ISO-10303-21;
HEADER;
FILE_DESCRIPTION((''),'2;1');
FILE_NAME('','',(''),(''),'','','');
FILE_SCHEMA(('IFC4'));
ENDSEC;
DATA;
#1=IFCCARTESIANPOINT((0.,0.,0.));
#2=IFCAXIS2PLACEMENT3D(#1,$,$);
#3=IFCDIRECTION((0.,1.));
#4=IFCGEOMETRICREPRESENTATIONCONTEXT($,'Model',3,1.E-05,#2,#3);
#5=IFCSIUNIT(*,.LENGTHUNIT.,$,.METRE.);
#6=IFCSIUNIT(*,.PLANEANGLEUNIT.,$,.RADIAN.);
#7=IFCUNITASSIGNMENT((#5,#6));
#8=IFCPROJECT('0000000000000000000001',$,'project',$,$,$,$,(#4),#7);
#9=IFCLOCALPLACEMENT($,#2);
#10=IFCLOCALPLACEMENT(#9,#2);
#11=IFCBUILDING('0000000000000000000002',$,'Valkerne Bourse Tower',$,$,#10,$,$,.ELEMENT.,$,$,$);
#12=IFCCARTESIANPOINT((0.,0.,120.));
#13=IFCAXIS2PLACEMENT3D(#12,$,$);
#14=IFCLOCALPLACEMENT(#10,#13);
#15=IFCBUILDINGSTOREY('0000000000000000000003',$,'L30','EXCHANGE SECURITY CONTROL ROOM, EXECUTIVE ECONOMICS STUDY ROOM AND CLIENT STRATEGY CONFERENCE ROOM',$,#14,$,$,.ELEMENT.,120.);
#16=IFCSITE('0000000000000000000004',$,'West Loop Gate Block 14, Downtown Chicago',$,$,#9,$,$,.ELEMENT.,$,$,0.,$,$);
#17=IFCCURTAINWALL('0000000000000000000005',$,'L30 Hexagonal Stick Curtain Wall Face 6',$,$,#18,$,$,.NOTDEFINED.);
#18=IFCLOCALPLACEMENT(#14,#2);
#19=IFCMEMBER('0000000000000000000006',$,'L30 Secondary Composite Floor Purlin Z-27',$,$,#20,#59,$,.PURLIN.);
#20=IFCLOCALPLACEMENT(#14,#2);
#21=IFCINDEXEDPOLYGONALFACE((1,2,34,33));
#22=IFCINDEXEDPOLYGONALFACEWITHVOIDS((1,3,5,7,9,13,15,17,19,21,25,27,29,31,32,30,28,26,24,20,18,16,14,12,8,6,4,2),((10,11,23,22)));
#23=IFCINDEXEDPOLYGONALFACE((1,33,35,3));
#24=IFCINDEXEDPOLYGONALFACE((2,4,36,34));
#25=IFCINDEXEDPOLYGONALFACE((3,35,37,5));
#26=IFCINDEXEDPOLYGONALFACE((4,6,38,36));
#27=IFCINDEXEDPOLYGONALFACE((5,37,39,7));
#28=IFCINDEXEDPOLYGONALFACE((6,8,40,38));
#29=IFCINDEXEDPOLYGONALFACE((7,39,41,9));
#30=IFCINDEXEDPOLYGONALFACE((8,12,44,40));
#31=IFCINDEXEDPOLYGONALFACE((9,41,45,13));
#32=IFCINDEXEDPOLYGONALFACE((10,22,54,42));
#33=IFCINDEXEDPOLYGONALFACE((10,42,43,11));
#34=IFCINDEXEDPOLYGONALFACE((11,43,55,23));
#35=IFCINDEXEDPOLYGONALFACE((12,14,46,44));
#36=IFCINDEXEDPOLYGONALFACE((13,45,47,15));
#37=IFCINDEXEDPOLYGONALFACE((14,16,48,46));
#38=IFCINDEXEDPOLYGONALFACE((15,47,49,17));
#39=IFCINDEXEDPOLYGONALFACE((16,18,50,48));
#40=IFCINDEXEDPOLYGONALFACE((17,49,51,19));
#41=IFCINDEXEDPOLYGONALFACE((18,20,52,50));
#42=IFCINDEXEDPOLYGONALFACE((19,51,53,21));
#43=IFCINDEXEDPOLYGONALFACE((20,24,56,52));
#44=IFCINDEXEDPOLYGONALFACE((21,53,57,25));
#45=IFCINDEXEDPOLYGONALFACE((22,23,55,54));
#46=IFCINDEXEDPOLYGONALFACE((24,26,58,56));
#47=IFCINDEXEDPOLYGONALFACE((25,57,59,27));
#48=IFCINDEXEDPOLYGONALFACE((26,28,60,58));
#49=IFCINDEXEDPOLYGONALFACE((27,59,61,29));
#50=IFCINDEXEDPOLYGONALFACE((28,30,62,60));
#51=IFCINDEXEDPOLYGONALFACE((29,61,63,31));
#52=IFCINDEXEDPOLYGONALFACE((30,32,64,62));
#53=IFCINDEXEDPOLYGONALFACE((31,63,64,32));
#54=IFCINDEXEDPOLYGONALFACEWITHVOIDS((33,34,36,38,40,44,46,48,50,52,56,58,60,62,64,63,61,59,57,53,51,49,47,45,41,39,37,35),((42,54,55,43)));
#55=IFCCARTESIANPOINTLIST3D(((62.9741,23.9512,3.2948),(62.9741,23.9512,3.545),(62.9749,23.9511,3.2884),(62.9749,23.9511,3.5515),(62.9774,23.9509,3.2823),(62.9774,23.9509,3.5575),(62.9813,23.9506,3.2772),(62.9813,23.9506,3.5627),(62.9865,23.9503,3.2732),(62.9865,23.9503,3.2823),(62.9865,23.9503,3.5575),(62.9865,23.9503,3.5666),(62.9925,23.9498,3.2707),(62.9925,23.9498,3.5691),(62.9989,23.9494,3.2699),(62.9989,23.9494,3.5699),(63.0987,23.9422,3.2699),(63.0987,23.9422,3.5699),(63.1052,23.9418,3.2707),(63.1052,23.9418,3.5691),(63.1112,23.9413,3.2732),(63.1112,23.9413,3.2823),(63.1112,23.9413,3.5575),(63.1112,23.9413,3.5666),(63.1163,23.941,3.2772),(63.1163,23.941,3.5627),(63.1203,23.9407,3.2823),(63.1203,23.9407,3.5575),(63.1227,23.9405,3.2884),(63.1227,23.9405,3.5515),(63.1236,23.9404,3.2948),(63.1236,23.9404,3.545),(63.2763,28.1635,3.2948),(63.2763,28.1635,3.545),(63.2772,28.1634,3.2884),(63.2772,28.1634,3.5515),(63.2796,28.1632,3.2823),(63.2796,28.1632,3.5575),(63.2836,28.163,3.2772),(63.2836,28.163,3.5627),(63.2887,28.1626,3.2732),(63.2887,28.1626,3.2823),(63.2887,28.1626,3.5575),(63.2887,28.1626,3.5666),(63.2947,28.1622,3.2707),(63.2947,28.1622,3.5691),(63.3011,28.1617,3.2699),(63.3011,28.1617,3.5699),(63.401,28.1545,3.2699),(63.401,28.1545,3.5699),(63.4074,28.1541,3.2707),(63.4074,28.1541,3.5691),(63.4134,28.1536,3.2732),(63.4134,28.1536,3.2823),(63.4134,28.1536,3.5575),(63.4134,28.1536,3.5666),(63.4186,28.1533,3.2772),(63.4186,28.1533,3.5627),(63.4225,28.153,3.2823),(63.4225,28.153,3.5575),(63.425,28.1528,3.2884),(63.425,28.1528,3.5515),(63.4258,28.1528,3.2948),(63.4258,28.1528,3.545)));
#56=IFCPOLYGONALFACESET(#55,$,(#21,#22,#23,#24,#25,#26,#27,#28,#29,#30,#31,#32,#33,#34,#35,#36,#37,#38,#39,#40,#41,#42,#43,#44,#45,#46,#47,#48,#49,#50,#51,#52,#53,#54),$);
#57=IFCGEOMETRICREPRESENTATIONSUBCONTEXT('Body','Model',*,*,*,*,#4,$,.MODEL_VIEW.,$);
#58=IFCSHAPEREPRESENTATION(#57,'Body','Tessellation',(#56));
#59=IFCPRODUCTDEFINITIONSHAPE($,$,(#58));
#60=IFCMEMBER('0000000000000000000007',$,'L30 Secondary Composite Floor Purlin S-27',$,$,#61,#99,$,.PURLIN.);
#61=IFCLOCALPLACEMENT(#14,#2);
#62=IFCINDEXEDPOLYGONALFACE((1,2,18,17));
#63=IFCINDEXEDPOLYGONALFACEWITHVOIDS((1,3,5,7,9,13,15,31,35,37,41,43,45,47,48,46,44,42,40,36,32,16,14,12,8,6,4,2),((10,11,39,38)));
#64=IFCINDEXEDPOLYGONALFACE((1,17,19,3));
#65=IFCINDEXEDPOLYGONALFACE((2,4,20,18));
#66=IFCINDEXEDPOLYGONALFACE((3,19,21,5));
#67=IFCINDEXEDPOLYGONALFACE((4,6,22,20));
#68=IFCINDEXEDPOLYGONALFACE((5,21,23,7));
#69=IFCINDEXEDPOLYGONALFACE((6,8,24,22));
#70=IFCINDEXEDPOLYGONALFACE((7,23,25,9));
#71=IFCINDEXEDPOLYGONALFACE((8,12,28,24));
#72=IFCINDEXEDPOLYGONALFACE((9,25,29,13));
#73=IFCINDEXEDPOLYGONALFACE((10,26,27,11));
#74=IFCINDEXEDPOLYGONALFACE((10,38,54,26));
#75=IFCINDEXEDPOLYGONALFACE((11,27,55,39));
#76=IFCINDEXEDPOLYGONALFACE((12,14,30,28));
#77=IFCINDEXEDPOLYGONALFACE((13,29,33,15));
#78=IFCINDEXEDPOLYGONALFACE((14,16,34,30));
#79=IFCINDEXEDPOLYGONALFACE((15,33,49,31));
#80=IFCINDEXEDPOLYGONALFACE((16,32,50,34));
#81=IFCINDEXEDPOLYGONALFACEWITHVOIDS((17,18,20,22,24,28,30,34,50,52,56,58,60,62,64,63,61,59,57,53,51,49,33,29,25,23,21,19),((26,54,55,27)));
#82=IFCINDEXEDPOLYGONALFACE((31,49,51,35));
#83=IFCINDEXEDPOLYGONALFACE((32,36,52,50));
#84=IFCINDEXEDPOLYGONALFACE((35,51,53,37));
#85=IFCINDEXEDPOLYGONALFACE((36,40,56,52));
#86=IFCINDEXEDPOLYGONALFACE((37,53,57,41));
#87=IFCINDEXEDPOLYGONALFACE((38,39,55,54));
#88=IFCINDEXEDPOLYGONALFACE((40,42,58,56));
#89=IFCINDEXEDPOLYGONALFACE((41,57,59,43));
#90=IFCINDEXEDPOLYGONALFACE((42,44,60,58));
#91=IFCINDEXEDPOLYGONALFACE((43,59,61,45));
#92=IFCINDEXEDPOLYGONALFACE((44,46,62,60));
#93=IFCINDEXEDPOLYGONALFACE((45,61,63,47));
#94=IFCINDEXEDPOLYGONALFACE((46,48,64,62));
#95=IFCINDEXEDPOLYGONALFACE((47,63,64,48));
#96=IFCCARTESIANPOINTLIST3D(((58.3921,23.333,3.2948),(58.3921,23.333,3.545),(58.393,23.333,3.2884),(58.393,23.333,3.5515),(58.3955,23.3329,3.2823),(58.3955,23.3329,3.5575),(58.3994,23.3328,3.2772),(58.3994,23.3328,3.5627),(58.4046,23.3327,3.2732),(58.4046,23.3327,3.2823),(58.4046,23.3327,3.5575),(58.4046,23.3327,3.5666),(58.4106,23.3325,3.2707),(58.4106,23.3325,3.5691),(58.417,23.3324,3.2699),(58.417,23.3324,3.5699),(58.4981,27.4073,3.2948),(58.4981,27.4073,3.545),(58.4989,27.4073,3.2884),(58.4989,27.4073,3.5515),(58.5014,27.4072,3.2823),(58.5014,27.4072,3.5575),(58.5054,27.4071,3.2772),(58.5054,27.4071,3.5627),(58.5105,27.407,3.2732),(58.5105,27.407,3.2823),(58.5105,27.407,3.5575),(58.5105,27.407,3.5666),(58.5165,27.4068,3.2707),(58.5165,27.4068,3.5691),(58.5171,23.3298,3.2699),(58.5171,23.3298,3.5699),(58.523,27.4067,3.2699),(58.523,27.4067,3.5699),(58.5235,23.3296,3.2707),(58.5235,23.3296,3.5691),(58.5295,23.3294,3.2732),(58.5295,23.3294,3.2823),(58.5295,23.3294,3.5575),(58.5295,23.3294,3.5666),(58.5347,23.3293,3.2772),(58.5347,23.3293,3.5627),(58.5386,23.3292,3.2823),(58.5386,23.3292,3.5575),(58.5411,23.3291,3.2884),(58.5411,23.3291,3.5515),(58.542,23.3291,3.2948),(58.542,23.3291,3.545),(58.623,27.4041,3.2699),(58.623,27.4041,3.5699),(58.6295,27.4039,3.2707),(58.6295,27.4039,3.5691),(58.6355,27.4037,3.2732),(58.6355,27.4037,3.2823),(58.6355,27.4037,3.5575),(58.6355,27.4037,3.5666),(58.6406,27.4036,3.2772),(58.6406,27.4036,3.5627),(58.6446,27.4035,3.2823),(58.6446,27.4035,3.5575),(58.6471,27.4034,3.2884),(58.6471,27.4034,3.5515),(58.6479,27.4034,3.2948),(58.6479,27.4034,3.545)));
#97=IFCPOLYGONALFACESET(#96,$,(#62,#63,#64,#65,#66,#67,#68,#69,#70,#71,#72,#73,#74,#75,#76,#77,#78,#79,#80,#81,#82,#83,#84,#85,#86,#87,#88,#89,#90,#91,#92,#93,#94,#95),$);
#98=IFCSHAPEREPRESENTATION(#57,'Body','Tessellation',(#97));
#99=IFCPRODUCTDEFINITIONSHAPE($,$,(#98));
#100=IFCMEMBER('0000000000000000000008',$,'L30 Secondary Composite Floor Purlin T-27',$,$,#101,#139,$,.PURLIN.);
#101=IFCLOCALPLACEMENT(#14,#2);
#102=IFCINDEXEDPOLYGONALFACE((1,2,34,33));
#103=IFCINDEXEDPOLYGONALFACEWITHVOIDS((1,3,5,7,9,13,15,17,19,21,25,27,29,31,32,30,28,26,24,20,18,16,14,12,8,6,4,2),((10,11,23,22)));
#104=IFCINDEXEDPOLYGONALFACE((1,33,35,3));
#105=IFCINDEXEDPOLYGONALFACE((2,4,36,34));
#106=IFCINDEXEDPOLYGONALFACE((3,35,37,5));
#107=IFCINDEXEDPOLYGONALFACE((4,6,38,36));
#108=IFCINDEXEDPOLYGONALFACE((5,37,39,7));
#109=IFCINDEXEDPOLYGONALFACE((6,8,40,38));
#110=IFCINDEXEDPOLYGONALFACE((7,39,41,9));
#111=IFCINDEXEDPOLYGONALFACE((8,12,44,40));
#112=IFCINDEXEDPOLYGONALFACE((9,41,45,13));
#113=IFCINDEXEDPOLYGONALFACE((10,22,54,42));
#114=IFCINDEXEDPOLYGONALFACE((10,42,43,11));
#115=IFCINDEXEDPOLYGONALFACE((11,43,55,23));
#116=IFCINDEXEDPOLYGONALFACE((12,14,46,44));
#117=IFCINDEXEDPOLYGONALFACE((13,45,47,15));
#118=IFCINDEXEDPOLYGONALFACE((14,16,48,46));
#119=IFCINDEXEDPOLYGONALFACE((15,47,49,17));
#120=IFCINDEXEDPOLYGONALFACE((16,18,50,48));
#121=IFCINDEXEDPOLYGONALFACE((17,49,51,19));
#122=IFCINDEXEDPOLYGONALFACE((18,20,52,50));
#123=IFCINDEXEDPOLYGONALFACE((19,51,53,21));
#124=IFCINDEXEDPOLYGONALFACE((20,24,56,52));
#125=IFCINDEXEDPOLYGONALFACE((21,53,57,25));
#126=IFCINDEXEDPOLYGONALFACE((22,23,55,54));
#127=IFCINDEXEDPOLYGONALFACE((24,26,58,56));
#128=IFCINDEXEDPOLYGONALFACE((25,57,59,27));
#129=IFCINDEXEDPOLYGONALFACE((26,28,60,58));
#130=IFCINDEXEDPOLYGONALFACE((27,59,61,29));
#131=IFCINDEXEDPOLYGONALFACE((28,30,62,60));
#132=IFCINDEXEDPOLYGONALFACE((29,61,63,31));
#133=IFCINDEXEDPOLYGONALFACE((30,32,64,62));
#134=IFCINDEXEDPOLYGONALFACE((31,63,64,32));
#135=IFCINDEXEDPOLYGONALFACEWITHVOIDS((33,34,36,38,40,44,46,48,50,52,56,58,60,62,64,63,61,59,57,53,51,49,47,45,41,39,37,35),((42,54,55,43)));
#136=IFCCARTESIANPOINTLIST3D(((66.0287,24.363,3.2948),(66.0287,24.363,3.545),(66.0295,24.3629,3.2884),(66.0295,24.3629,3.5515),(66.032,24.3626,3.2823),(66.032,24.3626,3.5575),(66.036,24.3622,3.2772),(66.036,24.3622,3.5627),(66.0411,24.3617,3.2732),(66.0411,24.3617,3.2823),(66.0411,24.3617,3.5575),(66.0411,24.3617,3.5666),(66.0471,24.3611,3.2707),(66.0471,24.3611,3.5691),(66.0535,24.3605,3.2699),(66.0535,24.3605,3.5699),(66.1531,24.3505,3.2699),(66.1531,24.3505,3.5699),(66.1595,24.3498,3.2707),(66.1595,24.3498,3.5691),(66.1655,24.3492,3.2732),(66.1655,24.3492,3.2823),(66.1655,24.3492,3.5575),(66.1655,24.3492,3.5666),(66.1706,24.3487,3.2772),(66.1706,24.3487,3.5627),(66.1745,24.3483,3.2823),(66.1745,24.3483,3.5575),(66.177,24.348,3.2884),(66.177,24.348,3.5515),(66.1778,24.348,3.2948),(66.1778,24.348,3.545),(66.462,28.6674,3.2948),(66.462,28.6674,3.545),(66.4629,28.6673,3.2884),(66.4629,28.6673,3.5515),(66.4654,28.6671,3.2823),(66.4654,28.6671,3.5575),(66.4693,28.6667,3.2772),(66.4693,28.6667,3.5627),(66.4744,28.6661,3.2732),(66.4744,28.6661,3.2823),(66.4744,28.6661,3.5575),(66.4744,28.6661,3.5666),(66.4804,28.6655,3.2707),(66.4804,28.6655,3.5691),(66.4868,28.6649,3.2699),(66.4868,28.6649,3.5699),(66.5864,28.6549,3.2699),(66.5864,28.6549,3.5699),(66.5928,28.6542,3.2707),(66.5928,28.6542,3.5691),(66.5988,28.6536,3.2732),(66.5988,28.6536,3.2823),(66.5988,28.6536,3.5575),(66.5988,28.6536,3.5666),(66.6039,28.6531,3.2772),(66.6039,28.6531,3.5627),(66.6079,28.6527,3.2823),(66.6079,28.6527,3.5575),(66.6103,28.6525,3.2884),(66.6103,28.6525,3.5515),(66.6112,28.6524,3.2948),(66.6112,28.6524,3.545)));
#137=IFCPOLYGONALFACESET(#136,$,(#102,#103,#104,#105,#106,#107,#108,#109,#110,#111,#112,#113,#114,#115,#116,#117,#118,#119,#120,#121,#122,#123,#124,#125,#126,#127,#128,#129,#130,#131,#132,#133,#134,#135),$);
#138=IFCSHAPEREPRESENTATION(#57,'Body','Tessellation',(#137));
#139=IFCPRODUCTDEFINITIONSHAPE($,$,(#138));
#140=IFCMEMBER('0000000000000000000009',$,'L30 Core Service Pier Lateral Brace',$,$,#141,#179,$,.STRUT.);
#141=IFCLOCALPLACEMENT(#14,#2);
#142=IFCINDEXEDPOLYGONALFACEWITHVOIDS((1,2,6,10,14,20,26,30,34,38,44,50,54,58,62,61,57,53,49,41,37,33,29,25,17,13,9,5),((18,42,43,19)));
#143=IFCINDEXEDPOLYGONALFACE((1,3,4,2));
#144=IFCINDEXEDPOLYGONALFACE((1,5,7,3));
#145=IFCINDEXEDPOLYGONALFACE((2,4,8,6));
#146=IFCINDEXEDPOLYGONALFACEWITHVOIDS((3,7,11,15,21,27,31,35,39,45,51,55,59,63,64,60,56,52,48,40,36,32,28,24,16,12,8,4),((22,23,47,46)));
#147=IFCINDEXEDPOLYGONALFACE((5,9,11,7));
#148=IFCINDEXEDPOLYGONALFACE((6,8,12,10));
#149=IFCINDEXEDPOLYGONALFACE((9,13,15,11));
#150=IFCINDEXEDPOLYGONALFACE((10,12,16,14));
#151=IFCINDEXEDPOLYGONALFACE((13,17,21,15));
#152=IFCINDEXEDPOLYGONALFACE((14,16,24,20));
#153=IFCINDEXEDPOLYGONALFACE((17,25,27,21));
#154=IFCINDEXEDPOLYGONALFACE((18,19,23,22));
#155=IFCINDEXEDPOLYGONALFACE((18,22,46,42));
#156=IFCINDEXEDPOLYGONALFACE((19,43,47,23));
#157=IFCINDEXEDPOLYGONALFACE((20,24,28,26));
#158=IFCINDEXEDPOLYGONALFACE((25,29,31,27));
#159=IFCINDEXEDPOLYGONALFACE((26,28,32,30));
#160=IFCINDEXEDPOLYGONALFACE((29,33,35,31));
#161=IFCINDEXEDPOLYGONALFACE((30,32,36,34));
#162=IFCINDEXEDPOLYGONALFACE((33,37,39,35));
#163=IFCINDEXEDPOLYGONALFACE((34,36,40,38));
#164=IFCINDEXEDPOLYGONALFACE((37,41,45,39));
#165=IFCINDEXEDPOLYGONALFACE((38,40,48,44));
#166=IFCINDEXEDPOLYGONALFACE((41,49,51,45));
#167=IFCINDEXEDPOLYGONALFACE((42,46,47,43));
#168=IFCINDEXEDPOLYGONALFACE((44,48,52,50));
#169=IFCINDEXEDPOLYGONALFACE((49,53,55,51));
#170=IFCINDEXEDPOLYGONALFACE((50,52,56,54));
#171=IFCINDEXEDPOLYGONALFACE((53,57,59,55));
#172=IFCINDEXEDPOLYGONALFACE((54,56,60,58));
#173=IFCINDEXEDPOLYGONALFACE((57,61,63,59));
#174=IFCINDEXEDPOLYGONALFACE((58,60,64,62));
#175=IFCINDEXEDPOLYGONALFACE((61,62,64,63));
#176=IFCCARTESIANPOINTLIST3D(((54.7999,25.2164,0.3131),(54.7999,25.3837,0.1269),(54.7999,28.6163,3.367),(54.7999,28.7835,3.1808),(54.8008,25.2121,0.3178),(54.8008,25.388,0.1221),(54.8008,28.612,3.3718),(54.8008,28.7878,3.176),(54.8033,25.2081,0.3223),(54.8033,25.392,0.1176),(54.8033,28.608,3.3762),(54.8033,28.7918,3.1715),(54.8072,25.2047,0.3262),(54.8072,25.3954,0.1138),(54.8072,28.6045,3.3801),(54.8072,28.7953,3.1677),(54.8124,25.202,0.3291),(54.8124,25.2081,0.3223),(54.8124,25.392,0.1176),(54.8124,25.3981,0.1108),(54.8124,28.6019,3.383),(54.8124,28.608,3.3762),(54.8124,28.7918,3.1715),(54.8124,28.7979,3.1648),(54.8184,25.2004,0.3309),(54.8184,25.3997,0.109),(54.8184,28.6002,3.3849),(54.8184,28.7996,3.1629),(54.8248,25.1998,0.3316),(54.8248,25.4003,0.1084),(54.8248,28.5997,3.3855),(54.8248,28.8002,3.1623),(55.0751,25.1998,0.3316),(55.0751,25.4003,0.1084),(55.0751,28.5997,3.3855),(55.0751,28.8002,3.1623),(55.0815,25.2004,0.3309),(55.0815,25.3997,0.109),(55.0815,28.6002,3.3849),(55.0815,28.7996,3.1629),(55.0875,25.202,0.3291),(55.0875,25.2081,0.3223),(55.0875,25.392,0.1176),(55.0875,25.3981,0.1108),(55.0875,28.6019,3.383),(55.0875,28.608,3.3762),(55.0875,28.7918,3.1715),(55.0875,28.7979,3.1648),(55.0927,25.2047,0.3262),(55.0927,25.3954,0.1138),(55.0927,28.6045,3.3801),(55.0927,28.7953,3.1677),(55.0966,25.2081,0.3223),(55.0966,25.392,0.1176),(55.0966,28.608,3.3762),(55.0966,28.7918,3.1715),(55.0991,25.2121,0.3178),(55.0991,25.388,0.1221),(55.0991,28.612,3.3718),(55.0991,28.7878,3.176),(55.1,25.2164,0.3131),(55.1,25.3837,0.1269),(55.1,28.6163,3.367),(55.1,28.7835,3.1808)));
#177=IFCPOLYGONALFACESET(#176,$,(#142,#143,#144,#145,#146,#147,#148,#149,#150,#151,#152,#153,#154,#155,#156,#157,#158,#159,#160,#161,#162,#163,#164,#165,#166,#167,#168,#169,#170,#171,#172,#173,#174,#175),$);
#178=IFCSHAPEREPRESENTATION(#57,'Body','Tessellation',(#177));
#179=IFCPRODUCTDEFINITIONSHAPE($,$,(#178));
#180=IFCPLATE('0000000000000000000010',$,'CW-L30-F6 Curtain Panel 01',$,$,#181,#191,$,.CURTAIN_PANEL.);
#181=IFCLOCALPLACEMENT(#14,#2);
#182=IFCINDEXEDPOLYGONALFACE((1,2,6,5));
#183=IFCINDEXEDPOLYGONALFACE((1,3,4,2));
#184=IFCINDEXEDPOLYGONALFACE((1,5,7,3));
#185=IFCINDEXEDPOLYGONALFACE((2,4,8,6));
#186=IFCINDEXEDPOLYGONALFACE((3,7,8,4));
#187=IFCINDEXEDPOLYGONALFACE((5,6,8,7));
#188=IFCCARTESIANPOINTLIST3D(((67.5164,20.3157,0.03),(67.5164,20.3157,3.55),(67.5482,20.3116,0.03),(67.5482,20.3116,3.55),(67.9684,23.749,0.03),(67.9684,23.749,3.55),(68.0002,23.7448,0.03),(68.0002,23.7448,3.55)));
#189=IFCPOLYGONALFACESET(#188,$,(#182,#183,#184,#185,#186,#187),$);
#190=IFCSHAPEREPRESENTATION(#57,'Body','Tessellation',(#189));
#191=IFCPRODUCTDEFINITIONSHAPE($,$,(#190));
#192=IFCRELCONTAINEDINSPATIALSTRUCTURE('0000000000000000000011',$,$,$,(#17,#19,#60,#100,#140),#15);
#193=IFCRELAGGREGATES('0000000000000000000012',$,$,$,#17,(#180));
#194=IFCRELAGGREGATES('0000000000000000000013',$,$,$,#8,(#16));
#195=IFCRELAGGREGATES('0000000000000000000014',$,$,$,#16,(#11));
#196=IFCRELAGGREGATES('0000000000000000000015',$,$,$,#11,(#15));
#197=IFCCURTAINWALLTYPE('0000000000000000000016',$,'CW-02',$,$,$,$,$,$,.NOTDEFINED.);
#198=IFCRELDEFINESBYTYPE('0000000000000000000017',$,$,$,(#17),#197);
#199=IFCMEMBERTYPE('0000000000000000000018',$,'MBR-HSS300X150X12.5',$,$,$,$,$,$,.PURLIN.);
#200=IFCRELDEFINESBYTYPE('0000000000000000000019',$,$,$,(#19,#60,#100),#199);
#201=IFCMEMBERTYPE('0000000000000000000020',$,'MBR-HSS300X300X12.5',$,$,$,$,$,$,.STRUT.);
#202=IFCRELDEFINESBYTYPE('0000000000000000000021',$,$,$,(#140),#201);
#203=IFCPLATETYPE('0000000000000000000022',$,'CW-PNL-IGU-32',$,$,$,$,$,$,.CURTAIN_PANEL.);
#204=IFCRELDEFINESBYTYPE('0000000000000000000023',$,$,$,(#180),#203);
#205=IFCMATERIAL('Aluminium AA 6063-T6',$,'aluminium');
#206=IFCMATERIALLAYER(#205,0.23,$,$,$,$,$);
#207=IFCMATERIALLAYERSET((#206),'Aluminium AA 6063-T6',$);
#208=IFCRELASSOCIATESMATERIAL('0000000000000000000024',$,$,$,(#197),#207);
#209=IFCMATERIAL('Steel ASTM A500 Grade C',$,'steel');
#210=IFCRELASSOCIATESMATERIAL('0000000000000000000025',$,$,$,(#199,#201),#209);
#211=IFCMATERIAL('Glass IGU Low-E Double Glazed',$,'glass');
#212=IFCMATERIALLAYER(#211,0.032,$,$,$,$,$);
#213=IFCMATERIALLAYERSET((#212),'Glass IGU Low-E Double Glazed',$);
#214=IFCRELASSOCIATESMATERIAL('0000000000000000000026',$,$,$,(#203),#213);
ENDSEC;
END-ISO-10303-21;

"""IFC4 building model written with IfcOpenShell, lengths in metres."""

from ifc_helpers import new_model, si_unit, direction, frame, origin, origin_2d, place, context, subcontext, project, spatial, rectangle, hollow_rectangle, extrude, material, layer, layer_set, material_profile, profile_set, type_object, element, aggregate, save


model = new_model("IFC4")

# Units and contexts
model_context = context("Model", 3, precision=1e-05, world=origin(), true_north=direction((0.0, 1.0)))
body_context = subcontext(model_context, "Body", "Model", "MODEL_VIEW")
ifc_project = project(units=[si_unit("LENGTHUNIT", "METRE"), si_unit("PLANEANGLEUNIT", "RADIAN")], contexts=[model_context])

# Site, building, storey
site_placement = place(None, origin())
site = spatial("IfcSite", under=ifc_project, at=site_placement, Name="West Loop Gate Block 14, Downtown Chicago", CompositionType="ELEMENT", RefElevation=0.0)
building_placement = place(site_placement, origin())
building = spatial("IfcBuilding", under=site, at=building_placement, Name="Valkerne Bourse Tower", CompositionType="ELEMENT")
storey_placement = place(building_placement, frame((0.0, 0.0, 120.0)))
storey = spatial("IfcBuildingStorey", under=building, at=storey_placement, Name="L30", Description="EXCHANGE SECURITY CONTROL ROOM, EXECUTIVE ECONOMICS STUDY ROOM AND CLIENT STRATEGY CONFERENCE ROOM", CompositionType="ELEMENT", Elevation=120.0)

# Curtain wall
ifc_material_1 = material(Name="Aluminium AA 6063-T6", Category="aluminium")
ifc_layer_1 = layer(ifc_material_1, 0.23)
ifc_layer_set_1 = layer_set([ifc_layer_1], Name="Aluminium AA 6063-T6")
curtain_wall_type = type_object("IfcCurtainWallType", Name="CW-02", PredefinedType="NOTDEFINED", material=ifc_layer_set_1)
curtain_wall_placement = place(storey_placement, origin())
curtain_wall = element("IfcCurtainWall", 1, at=curtain_wall_placement, inside=storey, type_object=curtain_wall_type, Name="L30 Hexagonal Stick Curtain Wall Face 6", PredefinedType="NOTDEFINED")

# Members
ifc_material_2 = material(Name="Steel ASTM A500 Grade C", Category="steel")
ifc_material_profile_1 = material_profile(ifc_material_2, hollow_rectangle(XDim=0.1499, YDim=0.3, WallThickness=0.0125, OuterFilletRadius=0.0249, at=origin_2d()), Name="HSS300X150X12.5")
ifc_profile_set_1 = profile_set([ifc_material_profile_1], Name="Steel ASTM A500 Grade C")
member_type_1 = type_object("IfcMemberType", Name="MBR-HSS300X150X12.5", PredefinedType="PURLIN", material=ifc_profile_set_1)
member_1_placement = place(storey_placement, frame((63.0488, 23.9458, 3.4199), z_axis=(0.071567, 0.997436, 0.0), x_axis=(-0.997436, 0.071567, 0.0)))
element("IfcMember", 2, at=member_1_placement, inside=storey, type_object=member_type_1, Name="L30 Secondary Composite Floor Purlin Z-27", PredefinedType="PURLIN", context=body_context, shape_type="SweptSolid", body=[
    extrude(hollow_rectangle(XDim=0.1499, YDim=0.3, WallThickness=0.0125, OuterFilletRadius=0.0249, at=origin_2d()), origin(), (0.0, 0.0, 1.0), 4.2231),
])
member_2_placement = place(storey_placement, frame((58.467, 23.3311, 3.4199), z_axis=(0.025998, 0.999662, 0.0), x_axis=(-0.999662, 0.025998, 0.0)))
element("IfcMember", 3, at=member_2_placement, inside=storey, type_object=member_type_1, Name="L30 Secondary Composite Floor Purlin S-27", PredefinedType="PURLIN", context=body_context, shape_type="SweptSolid", body=[
    extrude(hollow_rectangle(XDim=0.1499, YDim=0.3, WallThickness=0.0125, OuterFilletRadius=0.0249, at=origin_2d()), origin(), (0.0, 0.0, 1.0), 4.0757),
])
member_3_placement = place(storey_placement, frame((66.1033, 24.3555, 3.4199), z_axis=(0.100169, 0.99497, 0.0), x_axis=(-0.99497, 0.100169, 0.0)))
element("IfcMember", 4, at=member_3_placement, inside=storey, type_object=member_type_1, Name="L30 Secondary Composite Floor Purlin T-27", PredefinedType="PURLIN", context=body_context, shape_type="SweptSolid", body=[
    extrude(hollow_rectangle(XDim=0.1499, YDim=0.3, WallThickness=0.0125, OuterFilletRadius=0.0249, at=origin_2d()), origin(), (0.0, 0.0, 1.0), 4.3262),
])
ifc_material_profile_2 = material_profile(ifc_material_2, hollow_rectangle(XDim=0.3, YDim=0.3, WallThickness=0.0125, OuterFilletRadius=0.0249, at=origin_2d()), Name="HSS300X300X12.5")
ifc_profile_set_2 = profile_set([ifc_material_profile_2], Name="Steel ASTM A500 Grade C")
member_type_2 = type_object("IfcMemberType", Name="MBR-HSS300X300X12.5", PredefinedType="STRUT", material=ifc_profile_set_2)
member_4_placement = place(storey_placement, frame((54.95, 25.3, 0.22), z_axis=(0.0, 0.743942, 0.668244), x_axis=(-1.0, 0.0, 0.0)))
element("IfcMember", 5, at=member_4_placement, inside=storey, type_object=member_type_2, Name="L30 Core Service Pier Lateral Brace", PredefinedType="STRUT", context=body_context, shape_type="SweptSolid", body=[
    extrude(hollow_rectangle(XDim=0.3, YDim=0.3, WallThickness=0.0125, OuterFilletRadius=0.0249, at=origin_2d()), origin(), (0.0, 0.0, 1.0), 4.5701),
])

# Plate
ifc_material_3 = material(Name="Glass IGU Low-E Double Glazed", Category="glass")
ifc_layer_2 = layer(ifc_material_3, 0.032)
ifc_layer_set_2 = layer_set([ifc_layer_2], Name="Glass IGU Low-E Double Glazed")
plate_type_1 = type_object("IfcPlateType", Name="CW-PNL-IGU-32", PredefinedType="CURTAIN_PANEL", material=ifc_layer_set_2)
plate_1_placement = place(storey_placement, frame((67.7583, 22.0303, 0.03), z_axis=(0.0, 0.0, 1.0), x_axis=(0.130527, 0.991445, 0.0)))
plate_1 = element("IfcPlate", 6, at=plate_1_placement, type_object=plate_type_1, Name="CW-L30-F6 Curtain Panel 01", PredefinedType="CURTAIN_PANEL", context=body_context, shape_type="SweptSolid", body=[
    extrude(rectangle(XDim=3.4629, YDim=0.032, at=origin_2d()), origin(), (0.0, 0.0, 1.0), 3.52),
])
aggregate(curtain_wall, [plate_1])

save(model, "model.ifc")
